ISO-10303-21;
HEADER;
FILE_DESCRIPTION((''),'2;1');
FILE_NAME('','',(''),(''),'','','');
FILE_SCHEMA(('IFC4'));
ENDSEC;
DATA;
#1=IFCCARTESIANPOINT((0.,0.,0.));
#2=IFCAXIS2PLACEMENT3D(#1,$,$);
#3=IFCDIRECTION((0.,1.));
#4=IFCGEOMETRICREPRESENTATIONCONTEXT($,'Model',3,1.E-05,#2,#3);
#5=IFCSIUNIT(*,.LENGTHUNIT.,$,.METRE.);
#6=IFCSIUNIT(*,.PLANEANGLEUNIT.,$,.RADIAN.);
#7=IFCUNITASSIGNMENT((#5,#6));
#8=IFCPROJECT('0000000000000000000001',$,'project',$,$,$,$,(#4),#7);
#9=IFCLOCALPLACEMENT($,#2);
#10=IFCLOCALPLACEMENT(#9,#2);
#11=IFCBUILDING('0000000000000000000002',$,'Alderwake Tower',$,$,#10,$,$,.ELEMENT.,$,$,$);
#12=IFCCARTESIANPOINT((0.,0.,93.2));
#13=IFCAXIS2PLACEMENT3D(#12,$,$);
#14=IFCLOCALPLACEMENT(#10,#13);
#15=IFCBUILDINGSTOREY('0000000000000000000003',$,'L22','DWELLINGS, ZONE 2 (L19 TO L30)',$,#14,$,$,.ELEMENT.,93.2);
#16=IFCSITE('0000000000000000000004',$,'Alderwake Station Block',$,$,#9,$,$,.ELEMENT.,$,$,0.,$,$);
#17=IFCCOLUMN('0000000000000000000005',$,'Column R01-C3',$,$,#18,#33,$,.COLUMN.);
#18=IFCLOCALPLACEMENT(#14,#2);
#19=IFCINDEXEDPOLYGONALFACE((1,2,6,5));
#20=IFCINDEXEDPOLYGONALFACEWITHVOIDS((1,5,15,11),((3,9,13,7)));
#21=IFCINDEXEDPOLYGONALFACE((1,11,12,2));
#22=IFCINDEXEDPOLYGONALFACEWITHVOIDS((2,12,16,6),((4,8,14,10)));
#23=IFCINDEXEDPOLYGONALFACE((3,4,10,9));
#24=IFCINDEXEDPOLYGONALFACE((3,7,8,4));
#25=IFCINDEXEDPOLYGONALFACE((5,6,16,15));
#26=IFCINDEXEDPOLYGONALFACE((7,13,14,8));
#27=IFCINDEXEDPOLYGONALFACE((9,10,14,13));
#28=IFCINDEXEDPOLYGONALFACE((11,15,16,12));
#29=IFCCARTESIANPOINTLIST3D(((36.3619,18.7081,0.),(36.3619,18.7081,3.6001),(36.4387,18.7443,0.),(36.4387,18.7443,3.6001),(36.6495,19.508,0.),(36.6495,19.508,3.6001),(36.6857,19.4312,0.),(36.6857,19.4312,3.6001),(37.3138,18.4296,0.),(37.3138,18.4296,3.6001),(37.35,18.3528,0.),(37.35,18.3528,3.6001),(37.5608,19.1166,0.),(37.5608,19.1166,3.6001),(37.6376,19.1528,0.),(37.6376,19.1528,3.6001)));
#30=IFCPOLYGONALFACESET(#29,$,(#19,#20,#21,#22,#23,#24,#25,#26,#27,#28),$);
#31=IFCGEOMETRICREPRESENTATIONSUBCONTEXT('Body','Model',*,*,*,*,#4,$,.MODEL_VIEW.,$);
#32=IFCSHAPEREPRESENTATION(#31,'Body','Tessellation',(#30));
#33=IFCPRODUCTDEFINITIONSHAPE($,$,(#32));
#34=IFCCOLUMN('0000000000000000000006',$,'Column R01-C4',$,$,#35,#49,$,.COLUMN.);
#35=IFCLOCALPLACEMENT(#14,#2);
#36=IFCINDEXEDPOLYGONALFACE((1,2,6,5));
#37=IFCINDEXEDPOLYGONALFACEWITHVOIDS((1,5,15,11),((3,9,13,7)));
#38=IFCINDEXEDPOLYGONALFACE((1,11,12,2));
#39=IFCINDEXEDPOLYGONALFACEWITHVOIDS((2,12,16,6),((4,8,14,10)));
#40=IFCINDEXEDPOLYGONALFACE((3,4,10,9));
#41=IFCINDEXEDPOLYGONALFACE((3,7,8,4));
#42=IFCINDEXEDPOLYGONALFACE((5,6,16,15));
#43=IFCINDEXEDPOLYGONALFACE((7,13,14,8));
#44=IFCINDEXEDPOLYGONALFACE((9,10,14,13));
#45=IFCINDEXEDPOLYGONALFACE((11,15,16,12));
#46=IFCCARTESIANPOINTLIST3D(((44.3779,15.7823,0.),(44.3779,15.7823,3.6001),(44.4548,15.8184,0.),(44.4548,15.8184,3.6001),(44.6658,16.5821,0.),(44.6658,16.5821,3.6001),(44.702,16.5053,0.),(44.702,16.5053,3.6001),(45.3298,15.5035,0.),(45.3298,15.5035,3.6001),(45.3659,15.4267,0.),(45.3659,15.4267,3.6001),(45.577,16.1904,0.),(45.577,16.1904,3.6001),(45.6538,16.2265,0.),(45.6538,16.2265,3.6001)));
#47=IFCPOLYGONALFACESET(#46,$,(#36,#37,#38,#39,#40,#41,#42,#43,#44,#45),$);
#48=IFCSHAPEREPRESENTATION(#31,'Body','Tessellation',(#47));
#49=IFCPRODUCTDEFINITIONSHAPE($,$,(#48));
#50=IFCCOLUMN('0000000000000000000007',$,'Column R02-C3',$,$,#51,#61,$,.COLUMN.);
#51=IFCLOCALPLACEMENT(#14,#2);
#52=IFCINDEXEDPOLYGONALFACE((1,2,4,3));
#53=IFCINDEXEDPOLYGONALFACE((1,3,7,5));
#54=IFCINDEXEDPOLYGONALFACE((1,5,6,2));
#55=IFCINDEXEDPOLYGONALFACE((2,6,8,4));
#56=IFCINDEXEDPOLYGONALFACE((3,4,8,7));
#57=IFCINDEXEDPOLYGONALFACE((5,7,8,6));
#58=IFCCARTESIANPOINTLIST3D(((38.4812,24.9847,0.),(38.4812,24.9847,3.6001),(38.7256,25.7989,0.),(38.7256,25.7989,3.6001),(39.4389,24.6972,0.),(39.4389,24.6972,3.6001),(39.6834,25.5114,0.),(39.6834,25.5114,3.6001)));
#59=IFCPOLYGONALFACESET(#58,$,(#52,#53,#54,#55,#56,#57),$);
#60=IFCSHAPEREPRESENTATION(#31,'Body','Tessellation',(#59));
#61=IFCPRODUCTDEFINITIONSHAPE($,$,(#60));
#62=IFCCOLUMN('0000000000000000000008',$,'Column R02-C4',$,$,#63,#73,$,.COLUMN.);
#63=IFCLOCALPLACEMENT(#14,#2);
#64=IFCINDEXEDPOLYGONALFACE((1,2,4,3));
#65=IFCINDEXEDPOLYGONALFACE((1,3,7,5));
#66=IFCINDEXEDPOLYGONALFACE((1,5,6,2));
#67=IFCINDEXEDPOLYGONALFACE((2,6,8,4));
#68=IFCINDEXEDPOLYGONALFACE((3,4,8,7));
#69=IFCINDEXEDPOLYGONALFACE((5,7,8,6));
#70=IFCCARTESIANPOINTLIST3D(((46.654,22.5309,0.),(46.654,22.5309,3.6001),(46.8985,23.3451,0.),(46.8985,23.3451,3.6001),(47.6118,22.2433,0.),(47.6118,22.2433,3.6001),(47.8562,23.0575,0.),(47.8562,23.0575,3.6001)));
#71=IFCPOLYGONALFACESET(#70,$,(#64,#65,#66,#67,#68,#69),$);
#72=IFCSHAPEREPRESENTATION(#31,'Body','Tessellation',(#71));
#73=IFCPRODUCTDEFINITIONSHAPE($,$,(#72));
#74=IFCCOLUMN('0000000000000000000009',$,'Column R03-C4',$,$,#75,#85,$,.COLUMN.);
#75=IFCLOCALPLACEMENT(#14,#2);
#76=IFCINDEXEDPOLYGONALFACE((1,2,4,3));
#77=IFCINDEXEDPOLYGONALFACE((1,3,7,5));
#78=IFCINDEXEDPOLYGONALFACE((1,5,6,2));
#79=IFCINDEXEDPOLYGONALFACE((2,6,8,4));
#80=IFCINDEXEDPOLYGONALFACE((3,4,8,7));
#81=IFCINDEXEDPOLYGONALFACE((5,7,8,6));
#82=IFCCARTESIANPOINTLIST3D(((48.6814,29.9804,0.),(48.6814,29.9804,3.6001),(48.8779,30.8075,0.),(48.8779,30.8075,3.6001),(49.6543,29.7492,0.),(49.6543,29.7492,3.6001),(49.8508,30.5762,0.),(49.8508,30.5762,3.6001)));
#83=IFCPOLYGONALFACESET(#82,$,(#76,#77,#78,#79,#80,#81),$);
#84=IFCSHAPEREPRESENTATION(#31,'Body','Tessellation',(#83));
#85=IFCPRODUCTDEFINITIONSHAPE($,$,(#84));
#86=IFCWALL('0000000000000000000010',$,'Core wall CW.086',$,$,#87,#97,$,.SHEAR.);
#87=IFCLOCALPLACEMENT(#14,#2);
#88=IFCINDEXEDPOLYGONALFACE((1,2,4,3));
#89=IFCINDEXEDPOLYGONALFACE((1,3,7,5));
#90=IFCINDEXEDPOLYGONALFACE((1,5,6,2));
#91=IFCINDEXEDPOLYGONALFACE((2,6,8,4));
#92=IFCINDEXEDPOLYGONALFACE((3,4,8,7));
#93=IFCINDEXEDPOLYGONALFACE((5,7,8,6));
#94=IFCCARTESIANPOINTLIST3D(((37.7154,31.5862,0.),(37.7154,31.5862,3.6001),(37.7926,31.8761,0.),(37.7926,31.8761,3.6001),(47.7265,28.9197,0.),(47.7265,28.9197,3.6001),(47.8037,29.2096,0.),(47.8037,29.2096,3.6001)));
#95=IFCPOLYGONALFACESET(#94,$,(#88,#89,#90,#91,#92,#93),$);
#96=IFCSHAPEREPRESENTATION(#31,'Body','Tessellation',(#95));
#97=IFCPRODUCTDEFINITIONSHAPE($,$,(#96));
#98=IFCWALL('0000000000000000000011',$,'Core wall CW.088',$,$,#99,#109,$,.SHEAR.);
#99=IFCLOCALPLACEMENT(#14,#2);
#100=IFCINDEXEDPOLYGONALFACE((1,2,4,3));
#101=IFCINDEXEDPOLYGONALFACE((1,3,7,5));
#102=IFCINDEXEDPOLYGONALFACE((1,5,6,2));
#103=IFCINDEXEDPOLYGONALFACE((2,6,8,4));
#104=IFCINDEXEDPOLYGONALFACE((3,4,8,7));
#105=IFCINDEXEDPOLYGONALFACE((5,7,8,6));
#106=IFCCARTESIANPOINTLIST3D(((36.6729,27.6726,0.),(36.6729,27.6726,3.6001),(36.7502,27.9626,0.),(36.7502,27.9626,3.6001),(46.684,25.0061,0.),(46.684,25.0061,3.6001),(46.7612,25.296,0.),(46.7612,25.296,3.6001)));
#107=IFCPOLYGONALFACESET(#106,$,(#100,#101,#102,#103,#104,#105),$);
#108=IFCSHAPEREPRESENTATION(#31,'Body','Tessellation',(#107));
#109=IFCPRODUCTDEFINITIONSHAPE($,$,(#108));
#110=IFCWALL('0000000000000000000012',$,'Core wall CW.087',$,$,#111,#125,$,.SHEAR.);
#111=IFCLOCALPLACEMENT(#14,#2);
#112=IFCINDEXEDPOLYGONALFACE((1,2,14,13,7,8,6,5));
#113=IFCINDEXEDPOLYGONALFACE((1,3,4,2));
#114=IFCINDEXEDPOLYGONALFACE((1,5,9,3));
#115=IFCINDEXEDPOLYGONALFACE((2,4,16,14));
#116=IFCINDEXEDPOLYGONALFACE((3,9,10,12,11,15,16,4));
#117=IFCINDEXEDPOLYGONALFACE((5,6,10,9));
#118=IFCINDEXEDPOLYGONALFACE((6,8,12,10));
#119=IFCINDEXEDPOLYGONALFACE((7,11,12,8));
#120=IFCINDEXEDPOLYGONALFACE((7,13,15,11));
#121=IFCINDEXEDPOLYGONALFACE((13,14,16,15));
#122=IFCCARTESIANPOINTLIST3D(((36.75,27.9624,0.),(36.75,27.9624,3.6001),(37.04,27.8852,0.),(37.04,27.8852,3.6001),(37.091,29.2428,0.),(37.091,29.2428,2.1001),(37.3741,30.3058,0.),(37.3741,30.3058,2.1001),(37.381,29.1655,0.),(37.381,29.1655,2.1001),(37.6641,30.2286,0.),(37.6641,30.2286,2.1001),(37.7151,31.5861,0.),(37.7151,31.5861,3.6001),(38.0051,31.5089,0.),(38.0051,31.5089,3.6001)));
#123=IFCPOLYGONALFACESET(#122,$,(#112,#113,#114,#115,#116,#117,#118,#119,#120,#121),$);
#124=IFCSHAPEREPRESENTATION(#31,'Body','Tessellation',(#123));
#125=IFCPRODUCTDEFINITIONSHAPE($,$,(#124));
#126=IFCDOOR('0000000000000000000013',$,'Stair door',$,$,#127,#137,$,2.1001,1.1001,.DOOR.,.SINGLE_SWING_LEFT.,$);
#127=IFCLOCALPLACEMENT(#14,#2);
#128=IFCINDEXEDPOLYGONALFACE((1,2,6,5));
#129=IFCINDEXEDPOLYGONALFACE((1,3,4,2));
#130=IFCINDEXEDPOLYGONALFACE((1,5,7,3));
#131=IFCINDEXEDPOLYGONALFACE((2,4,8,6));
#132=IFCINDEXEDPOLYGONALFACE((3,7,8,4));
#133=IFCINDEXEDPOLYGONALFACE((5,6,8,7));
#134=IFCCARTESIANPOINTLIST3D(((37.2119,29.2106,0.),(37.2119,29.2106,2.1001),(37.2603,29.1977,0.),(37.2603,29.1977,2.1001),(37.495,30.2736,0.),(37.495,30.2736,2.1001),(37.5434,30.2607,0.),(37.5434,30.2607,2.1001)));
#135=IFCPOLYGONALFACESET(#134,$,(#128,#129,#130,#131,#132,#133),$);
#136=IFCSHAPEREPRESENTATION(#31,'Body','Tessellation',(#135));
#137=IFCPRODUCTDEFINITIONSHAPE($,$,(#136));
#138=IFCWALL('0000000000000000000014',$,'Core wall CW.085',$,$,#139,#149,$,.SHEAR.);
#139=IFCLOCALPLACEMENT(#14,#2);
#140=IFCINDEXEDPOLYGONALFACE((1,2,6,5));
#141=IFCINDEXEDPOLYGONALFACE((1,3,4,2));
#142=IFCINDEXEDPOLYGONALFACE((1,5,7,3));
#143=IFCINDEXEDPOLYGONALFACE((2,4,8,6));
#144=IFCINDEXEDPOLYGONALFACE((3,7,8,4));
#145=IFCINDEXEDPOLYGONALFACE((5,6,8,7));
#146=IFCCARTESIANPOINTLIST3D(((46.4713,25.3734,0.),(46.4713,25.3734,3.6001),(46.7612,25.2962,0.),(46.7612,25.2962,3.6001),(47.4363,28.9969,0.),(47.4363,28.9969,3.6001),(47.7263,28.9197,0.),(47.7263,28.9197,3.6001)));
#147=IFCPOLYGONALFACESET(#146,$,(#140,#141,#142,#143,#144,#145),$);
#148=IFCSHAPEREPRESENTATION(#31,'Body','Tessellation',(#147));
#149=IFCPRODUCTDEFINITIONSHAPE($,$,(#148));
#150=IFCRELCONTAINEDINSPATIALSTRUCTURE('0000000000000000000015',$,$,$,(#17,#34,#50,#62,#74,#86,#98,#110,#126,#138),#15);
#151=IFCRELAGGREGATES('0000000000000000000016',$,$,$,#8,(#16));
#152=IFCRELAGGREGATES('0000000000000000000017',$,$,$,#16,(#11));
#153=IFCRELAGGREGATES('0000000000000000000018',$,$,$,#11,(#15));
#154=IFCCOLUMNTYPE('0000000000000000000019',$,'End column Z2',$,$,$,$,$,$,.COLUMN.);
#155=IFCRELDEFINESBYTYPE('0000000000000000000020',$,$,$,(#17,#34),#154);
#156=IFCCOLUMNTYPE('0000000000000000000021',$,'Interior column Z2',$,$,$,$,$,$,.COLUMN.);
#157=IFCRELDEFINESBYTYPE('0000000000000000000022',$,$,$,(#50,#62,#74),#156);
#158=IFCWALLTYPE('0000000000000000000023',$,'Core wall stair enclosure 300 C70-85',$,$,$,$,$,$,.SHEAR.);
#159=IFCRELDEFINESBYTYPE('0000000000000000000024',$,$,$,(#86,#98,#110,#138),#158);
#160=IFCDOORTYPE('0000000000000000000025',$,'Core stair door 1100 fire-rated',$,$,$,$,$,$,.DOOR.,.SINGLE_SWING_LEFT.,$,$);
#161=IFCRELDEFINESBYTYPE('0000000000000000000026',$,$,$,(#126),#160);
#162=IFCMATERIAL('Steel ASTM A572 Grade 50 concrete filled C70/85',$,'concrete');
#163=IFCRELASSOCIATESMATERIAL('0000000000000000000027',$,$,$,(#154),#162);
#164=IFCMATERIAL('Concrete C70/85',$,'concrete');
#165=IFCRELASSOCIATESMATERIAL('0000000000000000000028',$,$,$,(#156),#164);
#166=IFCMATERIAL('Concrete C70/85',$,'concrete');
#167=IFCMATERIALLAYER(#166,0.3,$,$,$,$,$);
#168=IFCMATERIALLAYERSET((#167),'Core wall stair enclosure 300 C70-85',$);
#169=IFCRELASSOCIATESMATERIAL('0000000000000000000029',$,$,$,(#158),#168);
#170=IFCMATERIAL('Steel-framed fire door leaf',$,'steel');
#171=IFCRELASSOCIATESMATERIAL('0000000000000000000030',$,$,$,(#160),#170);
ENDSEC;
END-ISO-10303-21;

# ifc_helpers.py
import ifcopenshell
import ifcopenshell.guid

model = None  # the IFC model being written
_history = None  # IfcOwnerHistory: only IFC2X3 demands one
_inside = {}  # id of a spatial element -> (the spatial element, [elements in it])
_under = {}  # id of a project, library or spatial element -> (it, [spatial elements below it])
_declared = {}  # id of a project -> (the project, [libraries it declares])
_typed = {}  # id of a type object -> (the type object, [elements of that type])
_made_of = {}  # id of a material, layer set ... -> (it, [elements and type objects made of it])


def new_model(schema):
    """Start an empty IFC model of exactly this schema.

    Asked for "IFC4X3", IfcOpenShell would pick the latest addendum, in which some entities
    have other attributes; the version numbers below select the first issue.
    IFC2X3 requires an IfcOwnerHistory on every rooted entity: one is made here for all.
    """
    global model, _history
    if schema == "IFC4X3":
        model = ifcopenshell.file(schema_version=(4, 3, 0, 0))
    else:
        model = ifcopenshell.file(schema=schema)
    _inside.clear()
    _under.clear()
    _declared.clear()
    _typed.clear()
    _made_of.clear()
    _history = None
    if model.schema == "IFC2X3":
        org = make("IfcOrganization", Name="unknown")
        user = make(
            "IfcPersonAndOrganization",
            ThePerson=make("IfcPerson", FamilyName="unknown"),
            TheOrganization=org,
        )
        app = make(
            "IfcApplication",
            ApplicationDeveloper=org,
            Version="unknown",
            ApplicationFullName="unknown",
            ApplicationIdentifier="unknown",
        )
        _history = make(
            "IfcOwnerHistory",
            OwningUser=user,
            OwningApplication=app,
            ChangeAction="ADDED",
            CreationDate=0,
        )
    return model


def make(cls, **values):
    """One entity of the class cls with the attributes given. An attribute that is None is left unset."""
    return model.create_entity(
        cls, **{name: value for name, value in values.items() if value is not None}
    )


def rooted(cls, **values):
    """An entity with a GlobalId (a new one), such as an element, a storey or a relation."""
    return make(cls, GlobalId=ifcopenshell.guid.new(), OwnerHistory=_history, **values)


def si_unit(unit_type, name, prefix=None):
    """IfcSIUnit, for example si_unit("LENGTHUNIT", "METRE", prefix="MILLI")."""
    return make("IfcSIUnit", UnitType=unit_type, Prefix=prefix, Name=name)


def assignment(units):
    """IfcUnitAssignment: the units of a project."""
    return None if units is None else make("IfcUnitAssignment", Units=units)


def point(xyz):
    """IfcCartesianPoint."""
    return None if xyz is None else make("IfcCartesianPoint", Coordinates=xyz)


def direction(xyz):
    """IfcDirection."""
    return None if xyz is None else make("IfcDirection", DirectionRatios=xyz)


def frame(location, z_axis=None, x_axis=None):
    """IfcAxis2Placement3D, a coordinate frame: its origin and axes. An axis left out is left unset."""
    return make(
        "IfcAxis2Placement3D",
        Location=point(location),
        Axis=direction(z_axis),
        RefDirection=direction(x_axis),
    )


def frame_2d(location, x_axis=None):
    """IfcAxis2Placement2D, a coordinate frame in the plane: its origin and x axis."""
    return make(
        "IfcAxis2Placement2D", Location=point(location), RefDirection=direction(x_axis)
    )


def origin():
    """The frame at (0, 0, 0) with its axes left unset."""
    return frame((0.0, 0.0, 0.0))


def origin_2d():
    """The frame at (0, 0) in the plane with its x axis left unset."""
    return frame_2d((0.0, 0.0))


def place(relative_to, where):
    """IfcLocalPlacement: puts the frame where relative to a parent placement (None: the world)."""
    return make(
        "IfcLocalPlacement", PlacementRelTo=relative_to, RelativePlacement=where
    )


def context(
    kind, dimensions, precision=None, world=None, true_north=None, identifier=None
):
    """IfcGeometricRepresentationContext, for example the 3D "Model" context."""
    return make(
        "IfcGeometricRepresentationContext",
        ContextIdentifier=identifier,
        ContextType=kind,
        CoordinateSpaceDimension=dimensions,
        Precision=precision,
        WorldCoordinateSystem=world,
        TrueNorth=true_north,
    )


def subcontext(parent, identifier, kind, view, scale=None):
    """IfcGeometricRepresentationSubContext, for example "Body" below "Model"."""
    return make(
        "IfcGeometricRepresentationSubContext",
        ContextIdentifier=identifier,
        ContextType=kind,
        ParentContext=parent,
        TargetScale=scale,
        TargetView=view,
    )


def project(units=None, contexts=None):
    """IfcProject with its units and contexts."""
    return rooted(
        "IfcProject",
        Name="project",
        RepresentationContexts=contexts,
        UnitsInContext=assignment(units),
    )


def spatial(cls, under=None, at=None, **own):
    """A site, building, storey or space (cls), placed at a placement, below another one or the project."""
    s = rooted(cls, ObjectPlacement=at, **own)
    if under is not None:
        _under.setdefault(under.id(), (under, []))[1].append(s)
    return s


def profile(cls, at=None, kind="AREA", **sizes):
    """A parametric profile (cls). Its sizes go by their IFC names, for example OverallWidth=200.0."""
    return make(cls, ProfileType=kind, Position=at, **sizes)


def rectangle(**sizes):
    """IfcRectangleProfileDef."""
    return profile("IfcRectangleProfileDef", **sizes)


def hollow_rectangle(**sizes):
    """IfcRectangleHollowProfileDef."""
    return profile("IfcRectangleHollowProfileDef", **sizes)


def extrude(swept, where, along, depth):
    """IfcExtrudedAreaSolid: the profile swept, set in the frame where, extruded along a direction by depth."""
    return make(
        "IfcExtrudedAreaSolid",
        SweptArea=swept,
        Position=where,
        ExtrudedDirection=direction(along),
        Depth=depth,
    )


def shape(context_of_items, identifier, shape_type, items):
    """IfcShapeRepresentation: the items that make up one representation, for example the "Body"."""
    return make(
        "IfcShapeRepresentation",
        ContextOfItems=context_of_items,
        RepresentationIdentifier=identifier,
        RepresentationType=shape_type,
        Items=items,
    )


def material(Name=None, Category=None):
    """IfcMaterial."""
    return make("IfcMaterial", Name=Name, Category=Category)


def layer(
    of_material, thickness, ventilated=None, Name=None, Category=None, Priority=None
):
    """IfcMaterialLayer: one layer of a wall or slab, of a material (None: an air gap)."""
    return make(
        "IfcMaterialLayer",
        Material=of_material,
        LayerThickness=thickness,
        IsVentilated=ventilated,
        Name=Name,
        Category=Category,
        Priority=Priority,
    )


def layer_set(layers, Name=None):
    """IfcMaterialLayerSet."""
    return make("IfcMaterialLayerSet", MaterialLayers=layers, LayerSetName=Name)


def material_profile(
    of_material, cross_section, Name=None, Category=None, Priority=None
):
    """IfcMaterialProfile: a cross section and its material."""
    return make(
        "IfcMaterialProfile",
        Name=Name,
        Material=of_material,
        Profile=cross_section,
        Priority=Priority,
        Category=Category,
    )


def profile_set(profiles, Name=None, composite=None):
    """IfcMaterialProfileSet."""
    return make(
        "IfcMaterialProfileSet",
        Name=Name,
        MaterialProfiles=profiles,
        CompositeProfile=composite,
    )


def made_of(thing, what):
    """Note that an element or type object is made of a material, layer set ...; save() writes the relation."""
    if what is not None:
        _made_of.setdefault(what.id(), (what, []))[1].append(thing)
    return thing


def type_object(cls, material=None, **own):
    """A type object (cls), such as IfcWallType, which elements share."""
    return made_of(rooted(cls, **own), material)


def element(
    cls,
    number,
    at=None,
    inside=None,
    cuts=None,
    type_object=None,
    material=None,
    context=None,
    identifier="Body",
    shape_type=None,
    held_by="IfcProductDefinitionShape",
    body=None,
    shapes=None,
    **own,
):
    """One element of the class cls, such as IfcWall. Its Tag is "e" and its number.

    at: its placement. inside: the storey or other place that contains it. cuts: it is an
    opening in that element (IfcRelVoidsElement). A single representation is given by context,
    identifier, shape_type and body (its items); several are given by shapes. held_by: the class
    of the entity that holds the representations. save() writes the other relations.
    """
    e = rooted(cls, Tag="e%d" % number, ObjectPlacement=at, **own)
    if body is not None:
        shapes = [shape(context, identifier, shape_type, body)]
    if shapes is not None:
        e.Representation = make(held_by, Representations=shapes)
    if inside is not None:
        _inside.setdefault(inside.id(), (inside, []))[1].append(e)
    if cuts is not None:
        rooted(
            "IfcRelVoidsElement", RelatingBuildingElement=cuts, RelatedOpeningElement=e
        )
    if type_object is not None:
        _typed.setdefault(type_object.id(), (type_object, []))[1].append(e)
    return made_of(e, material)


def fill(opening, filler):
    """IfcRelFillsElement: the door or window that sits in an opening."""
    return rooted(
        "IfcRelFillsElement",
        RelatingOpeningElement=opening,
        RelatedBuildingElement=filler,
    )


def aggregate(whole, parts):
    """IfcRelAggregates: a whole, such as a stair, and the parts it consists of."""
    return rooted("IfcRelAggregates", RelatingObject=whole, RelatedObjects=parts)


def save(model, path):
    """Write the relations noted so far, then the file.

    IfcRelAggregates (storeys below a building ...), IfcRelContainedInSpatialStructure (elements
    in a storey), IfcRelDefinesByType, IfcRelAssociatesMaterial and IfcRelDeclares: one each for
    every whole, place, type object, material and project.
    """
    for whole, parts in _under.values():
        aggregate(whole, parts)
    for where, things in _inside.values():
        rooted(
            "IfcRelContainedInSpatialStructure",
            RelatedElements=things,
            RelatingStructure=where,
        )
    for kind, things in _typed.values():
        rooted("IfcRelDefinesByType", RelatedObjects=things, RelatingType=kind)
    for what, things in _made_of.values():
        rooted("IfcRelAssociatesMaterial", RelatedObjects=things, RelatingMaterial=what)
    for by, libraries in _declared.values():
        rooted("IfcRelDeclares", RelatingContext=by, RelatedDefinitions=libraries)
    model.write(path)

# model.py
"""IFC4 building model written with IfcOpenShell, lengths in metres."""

from ifc_helpers import new_model, si_unit, direction, frame, frame_2d, origin, origin_2d, place, context, subcontext, project, spatial, rectangle, hollow_rectangle, extrude, material, layer, layer_set, material_profile, profile_set, type_object, element, fill, save


model = new_model("IFC4")

# Units and contexts
model_context = context("Model", 3, precision=1e-05, world=origin(), true_north=direction((0.0, 1.0)))
body_context = subcontext(model_context, "Body", "Model", "MODEL_VIEW")
ifc_project = project(units=[si_unit("LENGTHUNIT", "METRE"), si_unit("PLANEANGLEUNIT", "RADIAN")], contexts=[model_context])

# Site, building, storey
site_placement = place(None, origin())
site = spatial("IfcSite", under=ifc_project, at=site_placement, Name="Alderwake Station Block", CompositionType="ELEMENT", RefElevation=0.0)
building_placement = place(site_placement, origin())
building = spatial("IfcBuilding", under=site, at=building_placement, Name="Alderwake Tower", CompositionType="ELEMENT")
storey_placement = place(building_placement, frame((0.0, 0.0, 93.2)))
storey = spatial("IfcBuildingStorey", under=building, at=storey_placement, Name="L22", Description="DWELLINGS, ZONE 2 (L19 TO L30)", CompositionType="ELEMENT", Elevation=93.2)

# Columns
ifc_material_1 = material(Name="Steel ASTM A572 Grade 50 concrete filled C70/85", Category="concrete")
ifc_material_profile_1 = material_profile(ifc_material_1, hollow_rectangle(XDim=0.8501, YDim=1.05, WallThickness=0.0601, at=origin_2d()), Name="BOX 1050X850X60")
ifc_profile_set_1 = profile_set([ifc_material_profile_1], Name="Steel ASTM A572 Grade 50 concrete filled C70/85")
column_type_1 = type_object("IfcColumnType", Name="End column Z2", PredefinedType="COLUMN", material=ifc_profile_set_1)
for number, where, z_axis, x_axis, name in (
    (1, (36.9998, 18.9304, 0.0), (0.0, 0.0, 1.0), (0.33836, 0.941017, 0.0), "Column R01-C3"),
    (2, (45.0159, 16.0044, 0.0), (0.0, 0.0, 1.0), (0.338653, 0.940912, 0.0), "Column R01-C4"),
):
    element("IfcColumn", number, at=place(storey_placement, frame(where, z_axis=z_axis, x_axis=x_axis)), inside=storey, type_object=column_type_1, Name=name, PredefinedType="COLUMN", context=body_context, shape_type="SweptSolid", body=[
        extrude(hollow_rectangle(XDim=0.8501, YDim=1.05, WallThickness=0.0601, at=origin_2d()), origin(), (0.0, 0.0, 1.0), 3.6001),
    ])
ifc_material_2 = material(Name="Concrete C70/85", Category="concrete")
ifc_material_profile_2 = material_profile(ifc_material_2, rectangle(XDim=0.8501, YDim=1.0, at=origin_2d()), Name="RC 1000X850")
ifc_profile_set_2 = profile_set([ifc_material_profile_2], Name="Concrete C70/85")
column_type_2 = type_object("IfcColumnType", Name="Interior column Z2", PredefinedType="COLUMN", material=ifc_profile_set_2)
for number, where, z_axis, x_axis, name in (
    (3, (39.0823, 25.248, 0.0), (0.0, 0.0, 1.0), (0.287549, 0.957766, 0.0), "Column R02-C3"),
    (4, (47.2551, 22.7942, 0.0), (0.0, 0.0, 1.0), (0.287549, 0.957766, 0.0), "Column R02-C4"),
    (5, (49.2661, 30.2783, 0.0), (0.0, 0.0, 1.0), (0.231222, 0.972901, 0.0), "Column R03-C4"),
):
    element("IfcColumn", number, at=place(storey_placement, frame(where, z_axis=z_axis, x_axis=x_axis)), inside=storey, type_object=column_type_2, Name=name, PredefinedType="COLUMN", context=body_context, shape_type="SweptSolid", body=[
        extrude(rectangle(XDim=0.8501, YDim=1.0, at=origin_2d()), origin(), (0.0, 0.0, 1.0), 3.6001),
    ])

# Walls
ifc_material_3 = material(Name="Concrete C70/85", Category="concrete")
ifc_layer_1 = layer(ifc_material_3, 0.3)
ifc_layer_set_1 = layer_set([ifc_layer_1], Name="Core wall stair enclosure 300 C70-85")
wall_type_1 = type_object("IfcWallType", Name="Core wall stair enclosure 300 C70-85", PredefinedType="SHEAR", material=ifc_layer_set_1)
for number, where, z_axis, x_axis, name in (
    (6, (37.7539, 31.7312, 0.0), (0.0, 0.0, 1.0), (0.966309, -0.257384, 0.0), "Core wall CW.086"),
    (7, (36.7114, 27.8176, 0.0), (0.0, 0.0, 1.0), (0.966309, -0.257384, 0.0), "Core wall CW.088"),
):
    element("IfcWall", number, at=place(storey_placement, frame(where, z_axis=z_axis, x_axis=x_axis)), inside=storey, type_object=wall_type_1, Name=name, PredefinedType="SHEAR", context=body_context, shape_type="SweptSolid", body=[
        extrude(rectangle(XDim=10.3601, YDim=0.3, at=frame_2d((5.1802, 0.0))), origin(), (0.0, 0.0, 1.0), 3.6001),
    ])

# Wall, opening, door
wall_1_placement = place(storey_placement, frame((36.895, 27.9238, 0.0), z_axis=(0.0, 0.0, 1.0), x_axis=(0.257351, 0.966318, 0.0)))
wall_1 = element("IfcWall", 8, at=wall_1_placement, inside=storey, type_object=wall_type_1, Name="Core wall CW.087", PredefinedType="SHEAR", context=body_context, shape_type="SweptSolid", body=[
    extrude(rectangle(XDim=3.75, YDim=0.3, at=frame_2d((1.875, 0.0))), origin(), (0.0, 0.0, 1.0), 3.6001),
])
opening_1_placement = place(wall_1_placement, frame((1.325, 0.0, 0.0)))
opening_1 = element("IfcOpeningElement", 9, at=opening_1_placement, cuts=wall_1, PredefinedType="OPENING", context=body_context, shape_type="SweptSolid", body=[
    extrude(rectangle(XDim=1.1001, YDim=2.1001, at=frame_2d((0.55, 1.05))), frame((0.0, 0.1599, 0.0), z_axis=(0.0, -1.0, 0.0), x_axis=(1.0, 0.0, 0.0)), (0.0, 0.0, 1.0), 0.3201),
])
ifc_material_4 = material(Name="Steel-framed fire door leaf", Category="steel")
door_type_1 = type_object("IfcDoorType", Name="Core stair door 1100 fire-rated", OperationType="SINGLE_SWING_LEFT", PredefinedType="DOOR", material=ifc_material_4)
door_1_placement = place(opening_1_placement, origin())
door_1 = element("IfcDoor", 10, at=door_1_placement, inside=storey, type_object=door_type_1, Name="Stair door", OperationType="SINGLE_SWING_LEFT", OverallHeight=2.1001, OverallWidth=1.1001, PredefinedType="DOOR", context=body_context, shape_type="SweptSolid", body=[
    extrude(rectangle(XDim=1.1001, YDim=2.1001, at=frame_2d((0.55, 1.05))), frame((0.0, 0.0249, 0.0), z_axis=(0.0, -1.0, 0.0), x_axis=(1.0, 0.0, 0.0)), (0.0, 0.0, 1.0), 0.05),
])
fill(opening_1, door_1)

# Wall
wall_2_placement = place(storey_placement, frame((46.6162, 25.3347, 0.0), z_axis=(0.0, 0.0, 1.0), x_axis=(0.257367, 0.966314, 0.0)))
element("IfcWall", 11, at=wall_2_placement, inside=storey, type_object=wall_type_1, Name="Core wall CW.085", PredefinedType="SHEAR", context=body_context, shape_type="SweptSolid", body=[
    extrude(rectangle(XDim=3.7498, YDim=0.3, at=frame_2d((1.875, 0.0))), origin(), (0.0, 0.0, 1.0), 3.6001),
])

save(model, "model.ifc")
